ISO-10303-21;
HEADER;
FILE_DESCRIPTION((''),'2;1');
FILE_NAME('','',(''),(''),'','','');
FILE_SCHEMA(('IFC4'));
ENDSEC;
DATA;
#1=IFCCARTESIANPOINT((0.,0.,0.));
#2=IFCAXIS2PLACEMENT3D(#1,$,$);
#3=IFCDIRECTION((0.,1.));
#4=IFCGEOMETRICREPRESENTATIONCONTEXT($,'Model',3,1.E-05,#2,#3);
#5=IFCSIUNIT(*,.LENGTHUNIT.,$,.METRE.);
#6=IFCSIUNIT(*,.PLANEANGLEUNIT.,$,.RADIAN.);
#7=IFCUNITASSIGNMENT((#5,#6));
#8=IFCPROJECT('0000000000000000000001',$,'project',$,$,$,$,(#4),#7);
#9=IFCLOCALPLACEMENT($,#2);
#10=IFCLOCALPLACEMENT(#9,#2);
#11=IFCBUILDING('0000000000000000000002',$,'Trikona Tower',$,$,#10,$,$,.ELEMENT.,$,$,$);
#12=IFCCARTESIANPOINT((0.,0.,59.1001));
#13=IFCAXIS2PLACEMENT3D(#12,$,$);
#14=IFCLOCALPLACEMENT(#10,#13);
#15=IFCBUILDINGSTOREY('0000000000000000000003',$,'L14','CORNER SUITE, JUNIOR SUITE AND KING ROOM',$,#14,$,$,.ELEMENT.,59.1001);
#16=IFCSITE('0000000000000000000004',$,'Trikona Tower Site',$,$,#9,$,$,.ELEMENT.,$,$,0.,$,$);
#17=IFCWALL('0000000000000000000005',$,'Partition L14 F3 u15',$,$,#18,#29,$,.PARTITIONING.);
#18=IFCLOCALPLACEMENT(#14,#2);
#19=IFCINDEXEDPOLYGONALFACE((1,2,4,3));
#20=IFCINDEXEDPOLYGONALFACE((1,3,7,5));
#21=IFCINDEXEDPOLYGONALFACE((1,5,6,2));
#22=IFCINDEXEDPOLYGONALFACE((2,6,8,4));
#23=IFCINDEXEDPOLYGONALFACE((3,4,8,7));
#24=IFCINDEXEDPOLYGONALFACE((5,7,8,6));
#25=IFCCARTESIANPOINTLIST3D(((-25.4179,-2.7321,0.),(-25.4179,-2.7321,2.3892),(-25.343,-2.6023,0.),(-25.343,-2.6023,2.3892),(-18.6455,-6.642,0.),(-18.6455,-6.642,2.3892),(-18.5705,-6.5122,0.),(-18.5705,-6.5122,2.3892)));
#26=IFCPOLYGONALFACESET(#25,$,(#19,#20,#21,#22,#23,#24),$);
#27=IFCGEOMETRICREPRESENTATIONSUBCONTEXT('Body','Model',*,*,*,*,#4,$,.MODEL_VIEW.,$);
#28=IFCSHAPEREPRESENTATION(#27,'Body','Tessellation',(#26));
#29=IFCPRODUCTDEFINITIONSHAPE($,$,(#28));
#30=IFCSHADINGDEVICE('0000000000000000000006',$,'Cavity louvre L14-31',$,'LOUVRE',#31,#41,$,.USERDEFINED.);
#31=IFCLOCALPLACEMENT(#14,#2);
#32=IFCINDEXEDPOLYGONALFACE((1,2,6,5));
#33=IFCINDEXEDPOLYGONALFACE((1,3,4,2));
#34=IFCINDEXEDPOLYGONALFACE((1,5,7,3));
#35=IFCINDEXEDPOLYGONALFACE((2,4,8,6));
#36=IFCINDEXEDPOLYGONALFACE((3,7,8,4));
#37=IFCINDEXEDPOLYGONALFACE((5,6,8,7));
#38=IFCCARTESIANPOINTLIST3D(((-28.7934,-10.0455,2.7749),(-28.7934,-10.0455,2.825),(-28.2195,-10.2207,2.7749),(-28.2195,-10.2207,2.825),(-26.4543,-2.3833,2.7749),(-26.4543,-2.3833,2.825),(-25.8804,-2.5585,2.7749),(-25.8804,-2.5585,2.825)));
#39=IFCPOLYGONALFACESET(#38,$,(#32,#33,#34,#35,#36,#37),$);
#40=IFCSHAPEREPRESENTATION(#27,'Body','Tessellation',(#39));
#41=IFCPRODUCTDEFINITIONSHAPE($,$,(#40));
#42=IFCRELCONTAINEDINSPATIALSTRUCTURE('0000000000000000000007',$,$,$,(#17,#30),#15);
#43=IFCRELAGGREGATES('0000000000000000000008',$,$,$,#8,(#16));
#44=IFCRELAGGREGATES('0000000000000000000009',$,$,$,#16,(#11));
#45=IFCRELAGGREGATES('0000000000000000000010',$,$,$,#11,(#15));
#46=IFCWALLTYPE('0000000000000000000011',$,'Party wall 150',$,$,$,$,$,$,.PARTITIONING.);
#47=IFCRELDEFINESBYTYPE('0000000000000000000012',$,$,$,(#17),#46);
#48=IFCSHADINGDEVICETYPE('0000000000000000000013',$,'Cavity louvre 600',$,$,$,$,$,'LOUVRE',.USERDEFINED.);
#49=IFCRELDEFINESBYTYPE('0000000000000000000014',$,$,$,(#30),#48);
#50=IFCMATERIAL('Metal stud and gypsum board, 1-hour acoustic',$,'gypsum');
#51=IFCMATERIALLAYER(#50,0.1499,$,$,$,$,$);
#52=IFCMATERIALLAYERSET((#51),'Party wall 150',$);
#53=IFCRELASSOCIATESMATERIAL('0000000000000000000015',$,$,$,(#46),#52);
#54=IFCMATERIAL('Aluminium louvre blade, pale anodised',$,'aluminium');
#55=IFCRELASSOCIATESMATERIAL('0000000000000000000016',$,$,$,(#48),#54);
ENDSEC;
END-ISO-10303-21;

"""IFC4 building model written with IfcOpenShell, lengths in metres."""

from ifc_helpers import new_model, si_unit, direction, frame, frame_2d, origin, origin_2d, place, context, subcontext, project, spatial, rectangle, extrude, material, layer, layer_set, type_object, element, save


model = new_model("IFC4")

# Units and contexts
model_context = context("Model", 3, precision=1e-05, world=origin(), true_north=direction((0.0, 1.0)))
body_context = subcontext(model_context, "Body", "Model", "MODEL_VIEW")
ifc_project = project(units=[si_unit("LENGTHUNIT", "METRE"), si_unit("PLANEANGLEUNIT", "RADIAN")], contexts=[model_context])

# Site, building, storey
site_placement = place(None, origin())
site = spatial("IfcSite", under=ifc_project, at=site_placement, Name="Trikona Tower Site", CompositionType="ELEMENT", RefElevation=0.0)
building_placement = place(site_placement, origin())
building = spatial("IfcBuilding", under=site, at=building_placement, Name="Trikona Tower", CompositionType="ELEMENT")
storey_placement = place(building_placement, frame((0.0, 0.0, 59.1001)))
storey = spatial("IfcBuildingStorey", under=building, at=storey_placement, Name="L14", Description="CORNER SUITE, JUNIOR SUITE AND KING ROOM", CompositionType="ELEMENT", Elevation=59.1001)

# Wall
ifc_material_1 = material(Name="Metal stud and gypsum board, 1-hour acoustic", Category="gypsum")
ifc_layer_1 = layer(ifc_material_1, 0.1499)
ifc_layer_set_1 = layer_set([ifc_layer_1], Name="Party wall 150")
wall_type_1 = type_object("IfcWallType", Name="Party wall 150", PredefinedType="PARTITIONING", material=ifc_layer_set_1)
wall_1_placement = place(storey_placement, frame((-18.6079, -6.5771, 0.0), z_axis=(0.0, 0.0, 1.0), x_axis=(-0.866035, 0.499984, 0.0)))
element("IfcWall", 1, at=wall_1_placement, inside=storey, type_object=wall_type_1, Name="Partition L14 F3 u15", PredefinedType="PARTITIONING", context=body_context, shape_type="SweptSolid", body=[
    extrude(rectangle(XDim=7.8201, YDim=0.1499, at=frame_2d((3.9102, 0.0))), origin(), (0.0, 0.0, 1.0), 2.3892),
])

# Shading device
ifc_material_2 = material(Name="Aluminium louvre blade, pale anodised", Category="aluminium")
shading_device_type = type_object("IfcShadingDeviceType", Name="Cavity louvre 600", ElementType="LOUVRE", PredefinedType="USERDEFINED", material=ifc_material_2)
shading_device_placement = place(storey_placement, frame((-27.3369, -6.302, 2.7749), z_axis=(0.0, 0.0, 1.0), x_axis=(-0.291979, -0.956425, 0.0)))
element("IfcShadingDevice", 2, at=shading_device_placement, inside=storey, type_object=shading_device_type, Name="Cavity louvre L14-31", ObjectType="LOUVRE", PredefinedType="USERDEFINED", context=body_context, shape_type="SweptSolid", body=[
    extrude(rectangle(XDim=8.0112, YDim=0.6001, at=origin_2d()), origin(), (0.0, 0.0, 1.0), 0.05),
])

save(model, "model.ifc")
